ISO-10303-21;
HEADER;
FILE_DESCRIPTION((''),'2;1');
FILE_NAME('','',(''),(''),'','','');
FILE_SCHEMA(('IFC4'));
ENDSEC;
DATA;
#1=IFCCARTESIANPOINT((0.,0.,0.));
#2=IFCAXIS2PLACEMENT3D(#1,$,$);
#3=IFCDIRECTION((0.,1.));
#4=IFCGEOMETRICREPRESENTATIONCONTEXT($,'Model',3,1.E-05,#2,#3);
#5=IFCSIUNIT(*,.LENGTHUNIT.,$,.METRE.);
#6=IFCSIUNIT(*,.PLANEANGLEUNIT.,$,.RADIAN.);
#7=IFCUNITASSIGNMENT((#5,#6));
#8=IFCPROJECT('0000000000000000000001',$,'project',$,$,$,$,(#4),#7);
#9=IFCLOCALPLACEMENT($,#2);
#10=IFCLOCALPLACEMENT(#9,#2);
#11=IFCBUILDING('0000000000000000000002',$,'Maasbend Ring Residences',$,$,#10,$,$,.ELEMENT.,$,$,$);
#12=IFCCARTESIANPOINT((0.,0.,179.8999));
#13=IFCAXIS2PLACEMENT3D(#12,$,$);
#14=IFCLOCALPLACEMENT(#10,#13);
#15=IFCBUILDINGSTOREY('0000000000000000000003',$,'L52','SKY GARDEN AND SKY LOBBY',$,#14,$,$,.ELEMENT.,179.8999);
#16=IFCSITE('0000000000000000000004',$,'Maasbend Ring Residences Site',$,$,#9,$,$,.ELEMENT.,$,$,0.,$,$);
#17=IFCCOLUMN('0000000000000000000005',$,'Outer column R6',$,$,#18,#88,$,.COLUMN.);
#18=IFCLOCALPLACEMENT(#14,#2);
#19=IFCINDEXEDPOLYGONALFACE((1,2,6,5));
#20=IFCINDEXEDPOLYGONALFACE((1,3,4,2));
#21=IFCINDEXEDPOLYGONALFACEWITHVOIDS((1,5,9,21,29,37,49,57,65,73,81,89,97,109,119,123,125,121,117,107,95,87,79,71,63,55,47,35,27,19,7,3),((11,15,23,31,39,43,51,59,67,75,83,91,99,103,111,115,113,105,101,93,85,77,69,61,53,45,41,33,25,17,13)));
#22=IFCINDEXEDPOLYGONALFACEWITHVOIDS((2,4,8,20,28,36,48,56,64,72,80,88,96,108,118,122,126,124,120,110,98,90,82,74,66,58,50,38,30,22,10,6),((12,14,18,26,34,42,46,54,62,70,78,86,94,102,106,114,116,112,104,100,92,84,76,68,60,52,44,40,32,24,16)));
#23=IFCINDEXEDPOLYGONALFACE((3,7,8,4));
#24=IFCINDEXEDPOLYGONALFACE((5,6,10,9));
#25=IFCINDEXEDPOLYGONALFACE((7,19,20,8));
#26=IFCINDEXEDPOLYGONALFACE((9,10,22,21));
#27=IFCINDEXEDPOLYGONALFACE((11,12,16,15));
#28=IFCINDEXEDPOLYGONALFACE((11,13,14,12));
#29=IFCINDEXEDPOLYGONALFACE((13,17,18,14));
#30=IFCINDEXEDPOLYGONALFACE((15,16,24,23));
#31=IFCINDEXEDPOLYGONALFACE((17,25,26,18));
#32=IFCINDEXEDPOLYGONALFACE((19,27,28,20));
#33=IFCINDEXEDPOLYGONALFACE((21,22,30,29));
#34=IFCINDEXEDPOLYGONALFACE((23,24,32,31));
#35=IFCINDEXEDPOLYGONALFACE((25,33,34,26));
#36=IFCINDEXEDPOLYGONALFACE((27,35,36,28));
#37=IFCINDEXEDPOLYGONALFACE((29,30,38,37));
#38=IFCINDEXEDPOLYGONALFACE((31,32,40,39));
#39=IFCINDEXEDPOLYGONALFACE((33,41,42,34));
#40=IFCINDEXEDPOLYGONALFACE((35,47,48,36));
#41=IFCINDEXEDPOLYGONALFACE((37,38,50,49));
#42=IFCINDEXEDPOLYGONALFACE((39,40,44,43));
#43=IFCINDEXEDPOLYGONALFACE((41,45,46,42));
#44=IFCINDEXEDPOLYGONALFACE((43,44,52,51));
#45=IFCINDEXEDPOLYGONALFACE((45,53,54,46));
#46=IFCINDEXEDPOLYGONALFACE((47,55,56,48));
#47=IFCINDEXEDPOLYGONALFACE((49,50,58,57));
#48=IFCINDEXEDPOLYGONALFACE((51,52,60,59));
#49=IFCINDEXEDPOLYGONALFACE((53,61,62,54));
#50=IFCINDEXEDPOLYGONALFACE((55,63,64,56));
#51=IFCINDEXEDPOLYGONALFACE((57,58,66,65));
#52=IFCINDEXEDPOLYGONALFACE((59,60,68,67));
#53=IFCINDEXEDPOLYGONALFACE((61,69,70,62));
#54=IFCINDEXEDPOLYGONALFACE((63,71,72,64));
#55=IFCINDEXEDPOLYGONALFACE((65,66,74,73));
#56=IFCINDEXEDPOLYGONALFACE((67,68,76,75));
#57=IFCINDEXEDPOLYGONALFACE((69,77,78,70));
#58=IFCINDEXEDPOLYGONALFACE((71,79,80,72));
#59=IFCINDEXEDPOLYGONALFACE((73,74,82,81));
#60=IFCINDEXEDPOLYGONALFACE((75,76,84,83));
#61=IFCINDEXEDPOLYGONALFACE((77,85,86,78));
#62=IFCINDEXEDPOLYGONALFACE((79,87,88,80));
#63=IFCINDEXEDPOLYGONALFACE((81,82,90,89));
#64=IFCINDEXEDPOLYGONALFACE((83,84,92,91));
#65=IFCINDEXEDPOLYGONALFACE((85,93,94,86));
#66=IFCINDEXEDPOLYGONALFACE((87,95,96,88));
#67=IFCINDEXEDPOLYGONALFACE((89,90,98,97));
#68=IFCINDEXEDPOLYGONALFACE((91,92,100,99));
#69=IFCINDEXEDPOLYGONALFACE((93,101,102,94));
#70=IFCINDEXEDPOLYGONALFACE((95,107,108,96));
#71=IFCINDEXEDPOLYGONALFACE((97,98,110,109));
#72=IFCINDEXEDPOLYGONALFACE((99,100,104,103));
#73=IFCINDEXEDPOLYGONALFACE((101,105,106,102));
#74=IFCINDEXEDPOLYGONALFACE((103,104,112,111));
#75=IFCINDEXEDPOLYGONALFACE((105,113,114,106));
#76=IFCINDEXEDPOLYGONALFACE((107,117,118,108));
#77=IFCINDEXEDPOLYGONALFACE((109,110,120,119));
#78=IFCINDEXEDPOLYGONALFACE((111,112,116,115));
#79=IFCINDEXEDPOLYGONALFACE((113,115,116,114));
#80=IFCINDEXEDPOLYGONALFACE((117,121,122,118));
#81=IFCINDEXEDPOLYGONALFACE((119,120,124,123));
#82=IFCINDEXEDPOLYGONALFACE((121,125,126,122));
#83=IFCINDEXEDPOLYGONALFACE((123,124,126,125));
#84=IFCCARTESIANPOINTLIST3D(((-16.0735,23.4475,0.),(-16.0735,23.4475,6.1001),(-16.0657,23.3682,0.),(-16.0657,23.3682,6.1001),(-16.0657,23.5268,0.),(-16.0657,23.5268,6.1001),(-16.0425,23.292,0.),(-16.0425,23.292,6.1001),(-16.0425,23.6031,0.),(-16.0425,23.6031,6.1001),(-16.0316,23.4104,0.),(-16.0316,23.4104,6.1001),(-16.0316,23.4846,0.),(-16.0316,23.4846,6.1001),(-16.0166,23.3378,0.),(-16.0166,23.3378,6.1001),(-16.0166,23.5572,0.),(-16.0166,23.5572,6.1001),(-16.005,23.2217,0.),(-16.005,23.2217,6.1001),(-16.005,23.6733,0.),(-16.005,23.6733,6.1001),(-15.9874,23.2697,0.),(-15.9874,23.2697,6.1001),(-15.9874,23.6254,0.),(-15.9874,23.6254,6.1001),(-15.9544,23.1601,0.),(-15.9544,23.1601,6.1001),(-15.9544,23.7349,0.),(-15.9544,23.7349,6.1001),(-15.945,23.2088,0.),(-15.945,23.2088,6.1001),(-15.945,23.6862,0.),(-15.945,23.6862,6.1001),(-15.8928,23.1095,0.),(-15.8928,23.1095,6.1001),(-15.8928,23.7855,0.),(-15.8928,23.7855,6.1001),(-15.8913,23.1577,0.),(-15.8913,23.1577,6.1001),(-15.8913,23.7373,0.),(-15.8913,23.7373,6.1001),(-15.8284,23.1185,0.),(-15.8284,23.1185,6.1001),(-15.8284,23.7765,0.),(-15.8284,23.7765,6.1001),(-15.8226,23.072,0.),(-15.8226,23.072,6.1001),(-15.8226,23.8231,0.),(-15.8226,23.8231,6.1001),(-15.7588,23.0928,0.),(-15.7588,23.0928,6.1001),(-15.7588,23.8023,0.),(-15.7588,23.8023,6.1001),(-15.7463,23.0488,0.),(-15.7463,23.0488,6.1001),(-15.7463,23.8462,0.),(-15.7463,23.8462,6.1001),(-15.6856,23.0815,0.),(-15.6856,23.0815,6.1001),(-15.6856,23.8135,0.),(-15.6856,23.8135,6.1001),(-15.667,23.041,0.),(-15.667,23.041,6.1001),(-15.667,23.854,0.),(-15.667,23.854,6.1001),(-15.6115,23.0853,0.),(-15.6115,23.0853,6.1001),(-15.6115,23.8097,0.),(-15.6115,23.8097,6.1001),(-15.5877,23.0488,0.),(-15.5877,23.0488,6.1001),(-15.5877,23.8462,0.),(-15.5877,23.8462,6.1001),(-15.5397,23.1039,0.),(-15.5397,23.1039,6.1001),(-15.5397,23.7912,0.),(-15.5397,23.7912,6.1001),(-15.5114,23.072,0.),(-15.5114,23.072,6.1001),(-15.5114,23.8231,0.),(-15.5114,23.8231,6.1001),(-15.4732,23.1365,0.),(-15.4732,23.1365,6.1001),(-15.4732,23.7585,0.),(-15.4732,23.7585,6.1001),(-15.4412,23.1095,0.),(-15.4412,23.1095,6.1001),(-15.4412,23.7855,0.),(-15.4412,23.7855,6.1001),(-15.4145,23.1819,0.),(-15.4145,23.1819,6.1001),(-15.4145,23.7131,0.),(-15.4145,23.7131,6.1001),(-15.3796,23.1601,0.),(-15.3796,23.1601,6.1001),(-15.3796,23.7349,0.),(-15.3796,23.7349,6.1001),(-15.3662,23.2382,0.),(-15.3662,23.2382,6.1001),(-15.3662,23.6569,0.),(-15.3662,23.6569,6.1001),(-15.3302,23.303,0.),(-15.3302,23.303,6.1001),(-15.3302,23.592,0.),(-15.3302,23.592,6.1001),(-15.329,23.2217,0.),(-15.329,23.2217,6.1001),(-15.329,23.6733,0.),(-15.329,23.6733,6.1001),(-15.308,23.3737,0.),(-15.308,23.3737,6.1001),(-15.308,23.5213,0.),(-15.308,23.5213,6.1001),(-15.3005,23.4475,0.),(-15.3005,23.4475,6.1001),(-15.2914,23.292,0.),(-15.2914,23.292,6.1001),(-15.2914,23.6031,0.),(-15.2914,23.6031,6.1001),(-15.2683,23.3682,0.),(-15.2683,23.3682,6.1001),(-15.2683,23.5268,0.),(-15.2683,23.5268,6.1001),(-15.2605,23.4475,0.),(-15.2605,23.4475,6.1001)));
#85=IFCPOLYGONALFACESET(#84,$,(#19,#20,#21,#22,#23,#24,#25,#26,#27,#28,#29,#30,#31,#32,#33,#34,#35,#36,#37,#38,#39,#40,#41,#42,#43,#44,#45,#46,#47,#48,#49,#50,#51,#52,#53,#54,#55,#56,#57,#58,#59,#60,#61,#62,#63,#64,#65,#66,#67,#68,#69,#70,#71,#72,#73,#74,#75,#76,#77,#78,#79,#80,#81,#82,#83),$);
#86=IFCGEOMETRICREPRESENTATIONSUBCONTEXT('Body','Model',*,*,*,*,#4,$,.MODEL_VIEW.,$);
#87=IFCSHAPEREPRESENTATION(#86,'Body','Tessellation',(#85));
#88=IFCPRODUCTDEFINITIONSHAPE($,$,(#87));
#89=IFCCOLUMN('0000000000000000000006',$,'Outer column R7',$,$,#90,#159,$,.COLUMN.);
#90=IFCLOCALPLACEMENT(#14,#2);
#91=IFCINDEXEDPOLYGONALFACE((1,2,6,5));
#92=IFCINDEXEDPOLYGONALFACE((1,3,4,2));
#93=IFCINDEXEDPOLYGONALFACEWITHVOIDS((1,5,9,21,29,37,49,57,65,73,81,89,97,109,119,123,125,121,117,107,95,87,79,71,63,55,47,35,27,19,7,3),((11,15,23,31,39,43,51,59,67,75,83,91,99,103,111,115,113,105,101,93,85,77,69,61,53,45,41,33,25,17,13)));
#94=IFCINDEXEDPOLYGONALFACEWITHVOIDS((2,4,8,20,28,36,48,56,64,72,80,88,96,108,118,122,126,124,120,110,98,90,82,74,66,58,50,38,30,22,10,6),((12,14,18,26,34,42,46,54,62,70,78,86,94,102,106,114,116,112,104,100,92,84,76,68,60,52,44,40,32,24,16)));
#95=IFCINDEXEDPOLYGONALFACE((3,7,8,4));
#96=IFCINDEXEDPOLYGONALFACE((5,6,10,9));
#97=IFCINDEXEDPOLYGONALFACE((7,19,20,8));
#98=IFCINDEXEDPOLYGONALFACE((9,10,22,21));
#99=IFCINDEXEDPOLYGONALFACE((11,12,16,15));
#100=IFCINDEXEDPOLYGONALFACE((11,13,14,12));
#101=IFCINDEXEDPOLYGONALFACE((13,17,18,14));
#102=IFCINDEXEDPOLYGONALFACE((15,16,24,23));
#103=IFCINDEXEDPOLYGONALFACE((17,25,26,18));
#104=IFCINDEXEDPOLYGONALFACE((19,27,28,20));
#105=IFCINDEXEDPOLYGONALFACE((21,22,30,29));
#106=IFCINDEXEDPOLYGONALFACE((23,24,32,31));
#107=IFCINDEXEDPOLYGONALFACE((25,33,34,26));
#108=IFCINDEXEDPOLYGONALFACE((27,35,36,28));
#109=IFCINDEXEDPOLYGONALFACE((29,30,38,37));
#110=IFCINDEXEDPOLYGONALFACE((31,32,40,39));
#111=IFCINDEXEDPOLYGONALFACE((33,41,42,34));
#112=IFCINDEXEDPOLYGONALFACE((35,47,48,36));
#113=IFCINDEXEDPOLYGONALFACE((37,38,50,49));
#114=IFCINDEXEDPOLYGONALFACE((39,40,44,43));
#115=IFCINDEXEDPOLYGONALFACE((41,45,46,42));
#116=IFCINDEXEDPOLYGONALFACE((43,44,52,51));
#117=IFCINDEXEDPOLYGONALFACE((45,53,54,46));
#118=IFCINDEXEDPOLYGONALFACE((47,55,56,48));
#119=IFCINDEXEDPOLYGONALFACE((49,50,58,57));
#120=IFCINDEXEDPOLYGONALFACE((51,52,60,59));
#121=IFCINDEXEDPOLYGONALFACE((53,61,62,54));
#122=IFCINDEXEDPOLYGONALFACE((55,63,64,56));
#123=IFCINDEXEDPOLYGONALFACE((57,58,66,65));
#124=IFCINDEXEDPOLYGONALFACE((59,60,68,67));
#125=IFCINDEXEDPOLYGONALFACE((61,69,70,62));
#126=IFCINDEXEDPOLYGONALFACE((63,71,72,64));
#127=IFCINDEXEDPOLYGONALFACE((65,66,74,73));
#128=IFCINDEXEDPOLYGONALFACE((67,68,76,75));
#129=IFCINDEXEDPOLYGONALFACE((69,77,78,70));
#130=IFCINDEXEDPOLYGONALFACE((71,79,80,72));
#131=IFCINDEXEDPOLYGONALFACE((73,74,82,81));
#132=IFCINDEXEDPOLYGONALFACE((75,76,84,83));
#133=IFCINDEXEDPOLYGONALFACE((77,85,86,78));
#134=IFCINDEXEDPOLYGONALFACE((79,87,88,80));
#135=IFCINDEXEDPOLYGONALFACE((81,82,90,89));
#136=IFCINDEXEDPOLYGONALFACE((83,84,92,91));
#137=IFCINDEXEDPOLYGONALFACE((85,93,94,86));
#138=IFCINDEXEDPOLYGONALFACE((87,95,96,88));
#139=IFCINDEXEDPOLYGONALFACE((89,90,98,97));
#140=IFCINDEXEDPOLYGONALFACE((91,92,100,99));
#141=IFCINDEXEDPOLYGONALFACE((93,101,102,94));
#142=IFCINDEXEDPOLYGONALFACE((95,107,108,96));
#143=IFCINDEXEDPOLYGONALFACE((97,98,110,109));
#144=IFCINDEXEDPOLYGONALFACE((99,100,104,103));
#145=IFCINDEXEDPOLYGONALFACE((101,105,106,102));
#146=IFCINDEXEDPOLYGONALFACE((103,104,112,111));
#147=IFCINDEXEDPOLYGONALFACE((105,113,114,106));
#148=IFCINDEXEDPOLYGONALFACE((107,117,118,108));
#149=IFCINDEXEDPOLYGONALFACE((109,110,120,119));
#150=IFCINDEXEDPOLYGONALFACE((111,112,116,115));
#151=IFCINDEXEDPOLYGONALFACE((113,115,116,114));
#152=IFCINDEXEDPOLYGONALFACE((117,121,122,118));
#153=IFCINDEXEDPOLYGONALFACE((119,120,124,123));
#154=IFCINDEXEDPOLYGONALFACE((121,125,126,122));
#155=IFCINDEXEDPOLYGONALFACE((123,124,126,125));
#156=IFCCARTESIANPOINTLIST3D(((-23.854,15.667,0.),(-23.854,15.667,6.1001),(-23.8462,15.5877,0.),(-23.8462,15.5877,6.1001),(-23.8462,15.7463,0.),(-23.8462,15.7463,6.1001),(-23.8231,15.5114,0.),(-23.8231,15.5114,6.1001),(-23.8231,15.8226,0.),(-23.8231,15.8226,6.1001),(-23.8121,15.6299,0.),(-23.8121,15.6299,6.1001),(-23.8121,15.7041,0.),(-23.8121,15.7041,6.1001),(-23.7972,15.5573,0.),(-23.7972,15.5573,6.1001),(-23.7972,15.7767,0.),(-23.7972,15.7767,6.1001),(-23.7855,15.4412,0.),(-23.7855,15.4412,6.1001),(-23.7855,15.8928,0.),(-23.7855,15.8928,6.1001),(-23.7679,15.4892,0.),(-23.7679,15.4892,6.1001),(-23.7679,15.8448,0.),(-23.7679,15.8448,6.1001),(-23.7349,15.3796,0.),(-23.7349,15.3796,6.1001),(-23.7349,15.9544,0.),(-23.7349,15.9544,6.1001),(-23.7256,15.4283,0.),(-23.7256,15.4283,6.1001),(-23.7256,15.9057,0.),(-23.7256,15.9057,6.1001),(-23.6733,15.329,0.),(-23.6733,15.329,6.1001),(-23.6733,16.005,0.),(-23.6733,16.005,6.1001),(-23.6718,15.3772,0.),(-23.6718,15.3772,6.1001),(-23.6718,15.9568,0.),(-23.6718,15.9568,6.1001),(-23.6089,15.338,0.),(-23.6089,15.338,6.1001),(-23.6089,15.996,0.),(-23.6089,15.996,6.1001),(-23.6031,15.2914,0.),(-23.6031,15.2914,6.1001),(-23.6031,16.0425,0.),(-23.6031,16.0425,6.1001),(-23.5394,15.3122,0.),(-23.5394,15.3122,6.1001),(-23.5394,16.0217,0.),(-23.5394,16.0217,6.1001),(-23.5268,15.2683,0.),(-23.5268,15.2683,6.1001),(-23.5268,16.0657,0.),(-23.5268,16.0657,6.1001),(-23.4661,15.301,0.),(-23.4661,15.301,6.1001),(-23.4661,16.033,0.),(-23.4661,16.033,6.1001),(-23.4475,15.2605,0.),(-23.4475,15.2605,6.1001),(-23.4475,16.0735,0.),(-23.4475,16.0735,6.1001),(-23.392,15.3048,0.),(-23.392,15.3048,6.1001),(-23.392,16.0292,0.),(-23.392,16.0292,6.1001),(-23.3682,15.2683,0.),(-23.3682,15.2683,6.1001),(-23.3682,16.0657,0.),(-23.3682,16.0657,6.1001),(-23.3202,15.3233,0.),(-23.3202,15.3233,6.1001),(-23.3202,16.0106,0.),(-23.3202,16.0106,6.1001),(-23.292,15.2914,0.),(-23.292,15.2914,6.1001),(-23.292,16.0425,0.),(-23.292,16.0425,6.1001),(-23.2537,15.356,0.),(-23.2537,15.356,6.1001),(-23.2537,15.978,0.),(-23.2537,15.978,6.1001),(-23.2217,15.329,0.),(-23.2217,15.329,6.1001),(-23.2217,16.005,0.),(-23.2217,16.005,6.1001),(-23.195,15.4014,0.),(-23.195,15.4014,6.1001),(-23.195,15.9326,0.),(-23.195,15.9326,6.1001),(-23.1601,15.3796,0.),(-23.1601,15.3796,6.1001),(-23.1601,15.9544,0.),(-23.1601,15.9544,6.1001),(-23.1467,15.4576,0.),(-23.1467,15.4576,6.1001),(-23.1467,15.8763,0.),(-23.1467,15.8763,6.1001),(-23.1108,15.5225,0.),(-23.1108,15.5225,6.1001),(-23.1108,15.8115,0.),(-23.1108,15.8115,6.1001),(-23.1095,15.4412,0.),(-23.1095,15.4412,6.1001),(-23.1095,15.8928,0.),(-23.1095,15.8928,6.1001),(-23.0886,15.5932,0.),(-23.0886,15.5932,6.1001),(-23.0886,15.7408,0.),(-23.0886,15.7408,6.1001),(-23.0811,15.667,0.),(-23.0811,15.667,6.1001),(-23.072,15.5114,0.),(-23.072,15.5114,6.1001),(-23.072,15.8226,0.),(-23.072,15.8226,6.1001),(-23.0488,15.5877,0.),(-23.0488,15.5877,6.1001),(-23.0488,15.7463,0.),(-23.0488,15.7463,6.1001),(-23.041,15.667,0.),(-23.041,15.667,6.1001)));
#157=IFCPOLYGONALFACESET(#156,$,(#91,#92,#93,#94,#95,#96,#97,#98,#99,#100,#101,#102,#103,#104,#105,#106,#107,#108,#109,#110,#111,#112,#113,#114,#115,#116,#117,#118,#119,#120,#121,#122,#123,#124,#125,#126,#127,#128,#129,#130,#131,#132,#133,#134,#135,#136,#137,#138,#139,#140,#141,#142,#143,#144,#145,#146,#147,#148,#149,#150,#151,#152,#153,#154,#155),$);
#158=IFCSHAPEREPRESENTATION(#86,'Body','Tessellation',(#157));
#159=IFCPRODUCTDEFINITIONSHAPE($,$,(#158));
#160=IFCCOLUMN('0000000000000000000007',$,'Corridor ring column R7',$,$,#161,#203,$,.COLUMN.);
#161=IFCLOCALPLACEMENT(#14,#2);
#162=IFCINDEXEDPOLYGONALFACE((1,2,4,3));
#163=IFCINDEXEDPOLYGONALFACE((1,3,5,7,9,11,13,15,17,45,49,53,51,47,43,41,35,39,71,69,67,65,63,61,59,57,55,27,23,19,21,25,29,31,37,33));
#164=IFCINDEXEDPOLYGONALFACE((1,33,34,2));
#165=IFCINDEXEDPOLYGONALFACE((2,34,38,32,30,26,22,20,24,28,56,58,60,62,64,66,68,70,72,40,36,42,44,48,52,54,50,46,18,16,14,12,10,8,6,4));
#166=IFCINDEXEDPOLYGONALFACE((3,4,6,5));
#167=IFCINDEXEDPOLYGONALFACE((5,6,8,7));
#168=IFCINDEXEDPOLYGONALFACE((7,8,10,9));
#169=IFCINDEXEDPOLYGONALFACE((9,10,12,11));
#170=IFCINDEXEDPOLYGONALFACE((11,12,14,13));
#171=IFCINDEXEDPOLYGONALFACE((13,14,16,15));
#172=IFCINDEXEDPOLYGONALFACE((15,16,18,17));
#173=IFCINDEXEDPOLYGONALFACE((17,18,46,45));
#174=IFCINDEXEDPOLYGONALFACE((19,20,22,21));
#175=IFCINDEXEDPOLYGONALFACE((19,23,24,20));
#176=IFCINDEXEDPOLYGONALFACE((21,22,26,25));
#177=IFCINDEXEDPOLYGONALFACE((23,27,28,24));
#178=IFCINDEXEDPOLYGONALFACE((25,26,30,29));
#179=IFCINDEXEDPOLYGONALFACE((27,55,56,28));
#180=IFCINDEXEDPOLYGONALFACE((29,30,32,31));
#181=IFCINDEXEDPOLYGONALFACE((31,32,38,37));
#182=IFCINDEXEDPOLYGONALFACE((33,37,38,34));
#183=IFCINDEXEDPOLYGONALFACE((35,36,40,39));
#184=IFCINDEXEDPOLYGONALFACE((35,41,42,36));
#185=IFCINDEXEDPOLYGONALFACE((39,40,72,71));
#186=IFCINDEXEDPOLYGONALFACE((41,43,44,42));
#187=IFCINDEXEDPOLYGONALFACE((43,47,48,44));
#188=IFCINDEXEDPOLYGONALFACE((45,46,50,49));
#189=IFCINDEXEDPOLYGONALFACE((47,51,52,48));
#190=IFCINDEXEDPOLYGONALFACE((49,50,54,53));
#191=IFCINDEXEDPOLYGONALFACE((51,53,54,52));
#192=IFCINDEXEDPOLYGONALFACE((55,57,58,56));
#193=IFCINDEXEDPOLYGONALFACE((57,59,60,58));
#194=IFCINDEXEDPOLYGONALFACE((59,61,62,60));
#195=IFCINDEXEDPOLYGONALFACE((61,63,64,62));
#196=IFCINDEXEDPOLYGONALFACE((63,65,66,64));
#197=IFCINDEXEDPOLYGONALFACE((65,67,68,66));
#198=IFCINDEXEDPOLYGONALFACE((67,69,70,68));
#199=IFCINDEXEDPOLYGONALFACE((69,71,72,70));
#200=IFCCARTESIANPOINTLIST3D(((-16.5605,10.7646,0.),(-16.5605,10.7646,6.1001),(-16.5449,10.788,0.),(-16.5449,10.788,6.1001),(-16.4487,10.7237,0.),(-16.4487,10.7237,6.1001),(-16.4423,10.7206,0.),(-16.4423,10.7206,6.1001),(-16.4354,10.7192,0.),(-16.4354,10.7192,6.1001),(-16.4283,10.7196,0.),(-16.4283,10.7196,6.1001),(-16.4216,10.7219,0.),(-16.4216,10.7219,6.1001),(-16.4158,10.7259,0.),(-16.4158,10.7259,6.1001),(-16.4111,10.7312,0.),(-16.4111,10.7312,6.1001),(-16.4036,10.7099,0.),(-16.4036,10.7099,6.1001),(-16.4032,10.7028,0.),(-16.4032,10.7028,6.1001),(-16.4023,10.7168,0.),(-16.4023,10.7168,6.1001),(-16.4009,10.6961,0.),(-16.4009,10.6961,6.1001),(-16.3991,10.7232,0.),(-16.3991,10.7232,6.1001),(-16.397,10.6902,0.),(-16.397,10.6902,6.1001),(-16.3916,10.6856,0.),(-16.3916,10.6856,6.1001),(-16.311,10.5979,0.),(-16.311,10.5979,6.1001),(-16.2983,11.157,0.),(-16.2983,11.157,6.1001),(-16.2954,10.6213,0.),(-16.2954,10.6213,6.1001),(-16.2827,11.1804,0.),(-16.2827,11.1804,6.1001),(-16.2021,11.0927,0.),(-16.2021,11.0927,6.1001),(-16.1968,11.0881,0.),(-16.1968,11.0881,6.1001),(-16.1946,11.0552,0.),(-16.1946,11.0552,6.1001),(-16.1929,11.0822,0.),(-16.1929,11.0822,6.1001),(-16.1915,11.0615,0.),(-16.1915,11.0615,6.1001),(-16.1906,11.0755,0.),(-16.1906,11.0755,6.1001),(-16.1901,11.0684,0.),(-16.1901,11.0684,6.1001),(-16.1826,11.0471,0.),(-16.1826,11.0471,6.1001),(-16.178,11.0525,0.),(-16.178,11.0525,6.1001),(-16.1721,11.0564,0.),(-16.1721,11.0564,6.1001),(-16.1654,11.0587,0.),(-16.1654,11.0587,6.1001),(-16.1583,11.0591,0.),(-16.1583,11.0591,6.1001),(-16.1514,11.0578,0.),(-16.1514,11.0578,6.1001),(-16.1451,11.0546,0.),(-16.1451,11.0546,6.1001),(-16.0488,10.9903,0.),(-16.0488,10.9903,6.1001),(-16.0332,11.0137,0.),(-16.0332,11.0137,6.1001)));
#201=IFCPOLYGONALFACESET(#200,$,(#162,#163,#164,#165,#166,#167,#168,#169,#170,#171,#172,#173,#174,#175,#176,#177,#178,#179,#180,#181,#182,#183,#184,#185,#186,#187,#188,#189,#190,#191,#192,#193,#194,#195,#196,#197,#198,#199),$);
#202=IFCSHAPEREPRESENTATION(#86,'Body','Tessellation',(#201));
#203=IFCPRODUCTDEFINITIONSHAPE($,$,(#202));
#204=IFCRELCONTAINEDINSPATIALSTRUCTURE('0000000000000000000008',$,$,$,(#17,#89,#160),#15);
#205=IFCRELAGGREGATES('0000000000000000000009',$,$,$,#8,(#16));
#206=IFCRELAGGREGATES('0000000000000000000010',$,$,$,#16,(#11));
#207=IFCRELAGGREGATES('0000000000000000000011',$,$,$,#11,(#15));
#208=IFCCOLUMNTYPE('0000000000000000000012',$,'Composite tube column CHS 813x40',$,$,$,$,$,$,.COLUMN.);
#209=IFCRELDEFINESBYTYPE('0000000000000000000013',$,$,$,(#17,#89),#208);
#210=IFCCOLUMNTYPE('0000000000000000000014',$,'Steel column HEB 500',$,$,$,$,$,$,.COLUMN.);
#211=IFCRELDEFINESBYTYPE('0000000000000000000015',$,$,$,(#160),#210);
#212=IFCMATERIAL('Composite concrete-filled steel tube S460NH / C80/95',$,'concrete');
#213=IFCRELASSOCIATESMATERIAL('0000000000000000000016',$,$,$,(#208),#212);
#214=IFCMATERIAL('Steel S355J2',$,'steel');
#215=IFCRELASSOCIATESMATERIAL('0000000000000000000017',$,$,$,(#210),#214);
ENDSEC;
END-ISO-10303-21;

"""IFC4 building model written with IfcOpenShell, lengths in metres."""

from ifc_helpers import new_model, si_unit, direction, frame, origin, origin_2d, place, context, subcontext, project, spatial, hollow_circle, i_section, extrude, material, material_profile, profile_set, type_object, element, save


model = new_model("IFC4")

# Units and contexts
model_context = context("Model", 3, precision=1e-05, world=origin(), true_north=direction((0.0, 1.0)))
body_context = subcontext(model_context, "Body", "Model", "MODEL_VIEW")
ifc_project = project(units=[si_unit("LENGTHUNIT", "METRE"), si_unit("PLANEANGLEUNIT", "RADIAN")], contexts=[model_context])

# Site, building, storey
site_placement = place(None, origin())
site = spatial("IfcSite", under=ifc_project, at=site_placement, Name="Maasbend Ring Residences Site", CompositionType="ELEMENT", RefElevation=0.0)
building_placement = place(site_placement, origin())
building = spatial("IfcBuilding", under=site, at=building_placement, Name="Maasbend Ring Residences", CompositionType="ELEMENT")
storey_placement = place(building_placement, frame((0.0, 0.0, 179.8999)))
storey = spatial("IfcBuildingStorey", under=building, at=storey_placement, Name="L52", Description="SKY GARDEN AND SKY LOBBY", CompositionType="ELEMENT", Elevation=179.8999)

# Columns
ifc_material_1 = material(Name="Composite concrete-filled steel tube S460NH / C80/95", Category="concrete")
ifc_material_profile_1 = material_profile(ifc_material_1, hollow_circle(Radius=0.4065, WallThickness=0.04, at=origin_2d()), Name="Composite tube column CHS 813x40")
ifc_profile_set_1 = profile_set([ifc_material_profile_1], Name="Composite concrete-filled steel tube S460NH / C80/95")
column_type_1 = type_object("IfcColumnType", Name="Composite tube column CHS 813x40", PredefinedType="COLUMN", material=ifc_profile_set_1)
for number, where, z_axis, x_axis, name in (
    (1, (-15.667, 23.4475, 0.0), (0.0, 0.0, 1.0), (1.0, 0.0, 0.0), "Outer column R6"),
    (2, (-23.4475, 15.667, 0.0), (0.0, 0.0, 1.0), (1.0, 0.0, 0.0), "Outer column R7"),
):
    element("IfcColumn", number, at=place(storey_placement, frame(where, z_axis=z_axis, x_axis=x_axis)), inside=storey, type_object=column_type_1, Name=name, PredefinedType="COLUMN", context=body_context, shape_type="SweptSolid", body=[
        extrude(hollow_circle(Radius=0.4065, WallThickness=0.04, at=origin_2d()), origin(), (0.0, 0.0, 1.0), 6.1001),
    ])
ifc_material_2 = material(Name="Steel S355J2", Category="steel")
ifc_material_profile_2 = material_profile(ifc_material_2, i_section(OverallWidth=0.3, OverallDepth=0.5, WebThickness=0.0144, FlangeThickness=0.0281, FilletRadius=0.0271, at=origin_2d()), Name="HEB 500")
ifc_profile_set_2 = profile_set([ifc_material_profile_2], Name="Steel S355J2")
column_type_2 = type_object("IfcColumnType", Name="Steel column HEB 500", PredefinedType="COLUMN", material=ifc_profile_set_2)
column_placement = place(storey_placement, frame((-16.2969, 10.8892, 0.0), z_axis=(0.0, 0.0, 1.0), x_axis=(-0.83147, 0.55557, 0.0)))
element("IfcColumn", 3, at=column_placement, inside=storey, type_object=column_type_2, Name="Corridor ring column R7", PredefinedType="COLUMN", context=body_context, shape_type="SweptSolid", body=[
    extrude(i_section(OverallWidth=0.3, OverallDepth=0.5, WebThickness=0.0144, FlangeThickness=0.0281, FilletRadius=0.0271, at=origin_2d()), origin(), (0.0, 0.0, 1.0), 6.1001),
])

save(model, "model.ifc")
